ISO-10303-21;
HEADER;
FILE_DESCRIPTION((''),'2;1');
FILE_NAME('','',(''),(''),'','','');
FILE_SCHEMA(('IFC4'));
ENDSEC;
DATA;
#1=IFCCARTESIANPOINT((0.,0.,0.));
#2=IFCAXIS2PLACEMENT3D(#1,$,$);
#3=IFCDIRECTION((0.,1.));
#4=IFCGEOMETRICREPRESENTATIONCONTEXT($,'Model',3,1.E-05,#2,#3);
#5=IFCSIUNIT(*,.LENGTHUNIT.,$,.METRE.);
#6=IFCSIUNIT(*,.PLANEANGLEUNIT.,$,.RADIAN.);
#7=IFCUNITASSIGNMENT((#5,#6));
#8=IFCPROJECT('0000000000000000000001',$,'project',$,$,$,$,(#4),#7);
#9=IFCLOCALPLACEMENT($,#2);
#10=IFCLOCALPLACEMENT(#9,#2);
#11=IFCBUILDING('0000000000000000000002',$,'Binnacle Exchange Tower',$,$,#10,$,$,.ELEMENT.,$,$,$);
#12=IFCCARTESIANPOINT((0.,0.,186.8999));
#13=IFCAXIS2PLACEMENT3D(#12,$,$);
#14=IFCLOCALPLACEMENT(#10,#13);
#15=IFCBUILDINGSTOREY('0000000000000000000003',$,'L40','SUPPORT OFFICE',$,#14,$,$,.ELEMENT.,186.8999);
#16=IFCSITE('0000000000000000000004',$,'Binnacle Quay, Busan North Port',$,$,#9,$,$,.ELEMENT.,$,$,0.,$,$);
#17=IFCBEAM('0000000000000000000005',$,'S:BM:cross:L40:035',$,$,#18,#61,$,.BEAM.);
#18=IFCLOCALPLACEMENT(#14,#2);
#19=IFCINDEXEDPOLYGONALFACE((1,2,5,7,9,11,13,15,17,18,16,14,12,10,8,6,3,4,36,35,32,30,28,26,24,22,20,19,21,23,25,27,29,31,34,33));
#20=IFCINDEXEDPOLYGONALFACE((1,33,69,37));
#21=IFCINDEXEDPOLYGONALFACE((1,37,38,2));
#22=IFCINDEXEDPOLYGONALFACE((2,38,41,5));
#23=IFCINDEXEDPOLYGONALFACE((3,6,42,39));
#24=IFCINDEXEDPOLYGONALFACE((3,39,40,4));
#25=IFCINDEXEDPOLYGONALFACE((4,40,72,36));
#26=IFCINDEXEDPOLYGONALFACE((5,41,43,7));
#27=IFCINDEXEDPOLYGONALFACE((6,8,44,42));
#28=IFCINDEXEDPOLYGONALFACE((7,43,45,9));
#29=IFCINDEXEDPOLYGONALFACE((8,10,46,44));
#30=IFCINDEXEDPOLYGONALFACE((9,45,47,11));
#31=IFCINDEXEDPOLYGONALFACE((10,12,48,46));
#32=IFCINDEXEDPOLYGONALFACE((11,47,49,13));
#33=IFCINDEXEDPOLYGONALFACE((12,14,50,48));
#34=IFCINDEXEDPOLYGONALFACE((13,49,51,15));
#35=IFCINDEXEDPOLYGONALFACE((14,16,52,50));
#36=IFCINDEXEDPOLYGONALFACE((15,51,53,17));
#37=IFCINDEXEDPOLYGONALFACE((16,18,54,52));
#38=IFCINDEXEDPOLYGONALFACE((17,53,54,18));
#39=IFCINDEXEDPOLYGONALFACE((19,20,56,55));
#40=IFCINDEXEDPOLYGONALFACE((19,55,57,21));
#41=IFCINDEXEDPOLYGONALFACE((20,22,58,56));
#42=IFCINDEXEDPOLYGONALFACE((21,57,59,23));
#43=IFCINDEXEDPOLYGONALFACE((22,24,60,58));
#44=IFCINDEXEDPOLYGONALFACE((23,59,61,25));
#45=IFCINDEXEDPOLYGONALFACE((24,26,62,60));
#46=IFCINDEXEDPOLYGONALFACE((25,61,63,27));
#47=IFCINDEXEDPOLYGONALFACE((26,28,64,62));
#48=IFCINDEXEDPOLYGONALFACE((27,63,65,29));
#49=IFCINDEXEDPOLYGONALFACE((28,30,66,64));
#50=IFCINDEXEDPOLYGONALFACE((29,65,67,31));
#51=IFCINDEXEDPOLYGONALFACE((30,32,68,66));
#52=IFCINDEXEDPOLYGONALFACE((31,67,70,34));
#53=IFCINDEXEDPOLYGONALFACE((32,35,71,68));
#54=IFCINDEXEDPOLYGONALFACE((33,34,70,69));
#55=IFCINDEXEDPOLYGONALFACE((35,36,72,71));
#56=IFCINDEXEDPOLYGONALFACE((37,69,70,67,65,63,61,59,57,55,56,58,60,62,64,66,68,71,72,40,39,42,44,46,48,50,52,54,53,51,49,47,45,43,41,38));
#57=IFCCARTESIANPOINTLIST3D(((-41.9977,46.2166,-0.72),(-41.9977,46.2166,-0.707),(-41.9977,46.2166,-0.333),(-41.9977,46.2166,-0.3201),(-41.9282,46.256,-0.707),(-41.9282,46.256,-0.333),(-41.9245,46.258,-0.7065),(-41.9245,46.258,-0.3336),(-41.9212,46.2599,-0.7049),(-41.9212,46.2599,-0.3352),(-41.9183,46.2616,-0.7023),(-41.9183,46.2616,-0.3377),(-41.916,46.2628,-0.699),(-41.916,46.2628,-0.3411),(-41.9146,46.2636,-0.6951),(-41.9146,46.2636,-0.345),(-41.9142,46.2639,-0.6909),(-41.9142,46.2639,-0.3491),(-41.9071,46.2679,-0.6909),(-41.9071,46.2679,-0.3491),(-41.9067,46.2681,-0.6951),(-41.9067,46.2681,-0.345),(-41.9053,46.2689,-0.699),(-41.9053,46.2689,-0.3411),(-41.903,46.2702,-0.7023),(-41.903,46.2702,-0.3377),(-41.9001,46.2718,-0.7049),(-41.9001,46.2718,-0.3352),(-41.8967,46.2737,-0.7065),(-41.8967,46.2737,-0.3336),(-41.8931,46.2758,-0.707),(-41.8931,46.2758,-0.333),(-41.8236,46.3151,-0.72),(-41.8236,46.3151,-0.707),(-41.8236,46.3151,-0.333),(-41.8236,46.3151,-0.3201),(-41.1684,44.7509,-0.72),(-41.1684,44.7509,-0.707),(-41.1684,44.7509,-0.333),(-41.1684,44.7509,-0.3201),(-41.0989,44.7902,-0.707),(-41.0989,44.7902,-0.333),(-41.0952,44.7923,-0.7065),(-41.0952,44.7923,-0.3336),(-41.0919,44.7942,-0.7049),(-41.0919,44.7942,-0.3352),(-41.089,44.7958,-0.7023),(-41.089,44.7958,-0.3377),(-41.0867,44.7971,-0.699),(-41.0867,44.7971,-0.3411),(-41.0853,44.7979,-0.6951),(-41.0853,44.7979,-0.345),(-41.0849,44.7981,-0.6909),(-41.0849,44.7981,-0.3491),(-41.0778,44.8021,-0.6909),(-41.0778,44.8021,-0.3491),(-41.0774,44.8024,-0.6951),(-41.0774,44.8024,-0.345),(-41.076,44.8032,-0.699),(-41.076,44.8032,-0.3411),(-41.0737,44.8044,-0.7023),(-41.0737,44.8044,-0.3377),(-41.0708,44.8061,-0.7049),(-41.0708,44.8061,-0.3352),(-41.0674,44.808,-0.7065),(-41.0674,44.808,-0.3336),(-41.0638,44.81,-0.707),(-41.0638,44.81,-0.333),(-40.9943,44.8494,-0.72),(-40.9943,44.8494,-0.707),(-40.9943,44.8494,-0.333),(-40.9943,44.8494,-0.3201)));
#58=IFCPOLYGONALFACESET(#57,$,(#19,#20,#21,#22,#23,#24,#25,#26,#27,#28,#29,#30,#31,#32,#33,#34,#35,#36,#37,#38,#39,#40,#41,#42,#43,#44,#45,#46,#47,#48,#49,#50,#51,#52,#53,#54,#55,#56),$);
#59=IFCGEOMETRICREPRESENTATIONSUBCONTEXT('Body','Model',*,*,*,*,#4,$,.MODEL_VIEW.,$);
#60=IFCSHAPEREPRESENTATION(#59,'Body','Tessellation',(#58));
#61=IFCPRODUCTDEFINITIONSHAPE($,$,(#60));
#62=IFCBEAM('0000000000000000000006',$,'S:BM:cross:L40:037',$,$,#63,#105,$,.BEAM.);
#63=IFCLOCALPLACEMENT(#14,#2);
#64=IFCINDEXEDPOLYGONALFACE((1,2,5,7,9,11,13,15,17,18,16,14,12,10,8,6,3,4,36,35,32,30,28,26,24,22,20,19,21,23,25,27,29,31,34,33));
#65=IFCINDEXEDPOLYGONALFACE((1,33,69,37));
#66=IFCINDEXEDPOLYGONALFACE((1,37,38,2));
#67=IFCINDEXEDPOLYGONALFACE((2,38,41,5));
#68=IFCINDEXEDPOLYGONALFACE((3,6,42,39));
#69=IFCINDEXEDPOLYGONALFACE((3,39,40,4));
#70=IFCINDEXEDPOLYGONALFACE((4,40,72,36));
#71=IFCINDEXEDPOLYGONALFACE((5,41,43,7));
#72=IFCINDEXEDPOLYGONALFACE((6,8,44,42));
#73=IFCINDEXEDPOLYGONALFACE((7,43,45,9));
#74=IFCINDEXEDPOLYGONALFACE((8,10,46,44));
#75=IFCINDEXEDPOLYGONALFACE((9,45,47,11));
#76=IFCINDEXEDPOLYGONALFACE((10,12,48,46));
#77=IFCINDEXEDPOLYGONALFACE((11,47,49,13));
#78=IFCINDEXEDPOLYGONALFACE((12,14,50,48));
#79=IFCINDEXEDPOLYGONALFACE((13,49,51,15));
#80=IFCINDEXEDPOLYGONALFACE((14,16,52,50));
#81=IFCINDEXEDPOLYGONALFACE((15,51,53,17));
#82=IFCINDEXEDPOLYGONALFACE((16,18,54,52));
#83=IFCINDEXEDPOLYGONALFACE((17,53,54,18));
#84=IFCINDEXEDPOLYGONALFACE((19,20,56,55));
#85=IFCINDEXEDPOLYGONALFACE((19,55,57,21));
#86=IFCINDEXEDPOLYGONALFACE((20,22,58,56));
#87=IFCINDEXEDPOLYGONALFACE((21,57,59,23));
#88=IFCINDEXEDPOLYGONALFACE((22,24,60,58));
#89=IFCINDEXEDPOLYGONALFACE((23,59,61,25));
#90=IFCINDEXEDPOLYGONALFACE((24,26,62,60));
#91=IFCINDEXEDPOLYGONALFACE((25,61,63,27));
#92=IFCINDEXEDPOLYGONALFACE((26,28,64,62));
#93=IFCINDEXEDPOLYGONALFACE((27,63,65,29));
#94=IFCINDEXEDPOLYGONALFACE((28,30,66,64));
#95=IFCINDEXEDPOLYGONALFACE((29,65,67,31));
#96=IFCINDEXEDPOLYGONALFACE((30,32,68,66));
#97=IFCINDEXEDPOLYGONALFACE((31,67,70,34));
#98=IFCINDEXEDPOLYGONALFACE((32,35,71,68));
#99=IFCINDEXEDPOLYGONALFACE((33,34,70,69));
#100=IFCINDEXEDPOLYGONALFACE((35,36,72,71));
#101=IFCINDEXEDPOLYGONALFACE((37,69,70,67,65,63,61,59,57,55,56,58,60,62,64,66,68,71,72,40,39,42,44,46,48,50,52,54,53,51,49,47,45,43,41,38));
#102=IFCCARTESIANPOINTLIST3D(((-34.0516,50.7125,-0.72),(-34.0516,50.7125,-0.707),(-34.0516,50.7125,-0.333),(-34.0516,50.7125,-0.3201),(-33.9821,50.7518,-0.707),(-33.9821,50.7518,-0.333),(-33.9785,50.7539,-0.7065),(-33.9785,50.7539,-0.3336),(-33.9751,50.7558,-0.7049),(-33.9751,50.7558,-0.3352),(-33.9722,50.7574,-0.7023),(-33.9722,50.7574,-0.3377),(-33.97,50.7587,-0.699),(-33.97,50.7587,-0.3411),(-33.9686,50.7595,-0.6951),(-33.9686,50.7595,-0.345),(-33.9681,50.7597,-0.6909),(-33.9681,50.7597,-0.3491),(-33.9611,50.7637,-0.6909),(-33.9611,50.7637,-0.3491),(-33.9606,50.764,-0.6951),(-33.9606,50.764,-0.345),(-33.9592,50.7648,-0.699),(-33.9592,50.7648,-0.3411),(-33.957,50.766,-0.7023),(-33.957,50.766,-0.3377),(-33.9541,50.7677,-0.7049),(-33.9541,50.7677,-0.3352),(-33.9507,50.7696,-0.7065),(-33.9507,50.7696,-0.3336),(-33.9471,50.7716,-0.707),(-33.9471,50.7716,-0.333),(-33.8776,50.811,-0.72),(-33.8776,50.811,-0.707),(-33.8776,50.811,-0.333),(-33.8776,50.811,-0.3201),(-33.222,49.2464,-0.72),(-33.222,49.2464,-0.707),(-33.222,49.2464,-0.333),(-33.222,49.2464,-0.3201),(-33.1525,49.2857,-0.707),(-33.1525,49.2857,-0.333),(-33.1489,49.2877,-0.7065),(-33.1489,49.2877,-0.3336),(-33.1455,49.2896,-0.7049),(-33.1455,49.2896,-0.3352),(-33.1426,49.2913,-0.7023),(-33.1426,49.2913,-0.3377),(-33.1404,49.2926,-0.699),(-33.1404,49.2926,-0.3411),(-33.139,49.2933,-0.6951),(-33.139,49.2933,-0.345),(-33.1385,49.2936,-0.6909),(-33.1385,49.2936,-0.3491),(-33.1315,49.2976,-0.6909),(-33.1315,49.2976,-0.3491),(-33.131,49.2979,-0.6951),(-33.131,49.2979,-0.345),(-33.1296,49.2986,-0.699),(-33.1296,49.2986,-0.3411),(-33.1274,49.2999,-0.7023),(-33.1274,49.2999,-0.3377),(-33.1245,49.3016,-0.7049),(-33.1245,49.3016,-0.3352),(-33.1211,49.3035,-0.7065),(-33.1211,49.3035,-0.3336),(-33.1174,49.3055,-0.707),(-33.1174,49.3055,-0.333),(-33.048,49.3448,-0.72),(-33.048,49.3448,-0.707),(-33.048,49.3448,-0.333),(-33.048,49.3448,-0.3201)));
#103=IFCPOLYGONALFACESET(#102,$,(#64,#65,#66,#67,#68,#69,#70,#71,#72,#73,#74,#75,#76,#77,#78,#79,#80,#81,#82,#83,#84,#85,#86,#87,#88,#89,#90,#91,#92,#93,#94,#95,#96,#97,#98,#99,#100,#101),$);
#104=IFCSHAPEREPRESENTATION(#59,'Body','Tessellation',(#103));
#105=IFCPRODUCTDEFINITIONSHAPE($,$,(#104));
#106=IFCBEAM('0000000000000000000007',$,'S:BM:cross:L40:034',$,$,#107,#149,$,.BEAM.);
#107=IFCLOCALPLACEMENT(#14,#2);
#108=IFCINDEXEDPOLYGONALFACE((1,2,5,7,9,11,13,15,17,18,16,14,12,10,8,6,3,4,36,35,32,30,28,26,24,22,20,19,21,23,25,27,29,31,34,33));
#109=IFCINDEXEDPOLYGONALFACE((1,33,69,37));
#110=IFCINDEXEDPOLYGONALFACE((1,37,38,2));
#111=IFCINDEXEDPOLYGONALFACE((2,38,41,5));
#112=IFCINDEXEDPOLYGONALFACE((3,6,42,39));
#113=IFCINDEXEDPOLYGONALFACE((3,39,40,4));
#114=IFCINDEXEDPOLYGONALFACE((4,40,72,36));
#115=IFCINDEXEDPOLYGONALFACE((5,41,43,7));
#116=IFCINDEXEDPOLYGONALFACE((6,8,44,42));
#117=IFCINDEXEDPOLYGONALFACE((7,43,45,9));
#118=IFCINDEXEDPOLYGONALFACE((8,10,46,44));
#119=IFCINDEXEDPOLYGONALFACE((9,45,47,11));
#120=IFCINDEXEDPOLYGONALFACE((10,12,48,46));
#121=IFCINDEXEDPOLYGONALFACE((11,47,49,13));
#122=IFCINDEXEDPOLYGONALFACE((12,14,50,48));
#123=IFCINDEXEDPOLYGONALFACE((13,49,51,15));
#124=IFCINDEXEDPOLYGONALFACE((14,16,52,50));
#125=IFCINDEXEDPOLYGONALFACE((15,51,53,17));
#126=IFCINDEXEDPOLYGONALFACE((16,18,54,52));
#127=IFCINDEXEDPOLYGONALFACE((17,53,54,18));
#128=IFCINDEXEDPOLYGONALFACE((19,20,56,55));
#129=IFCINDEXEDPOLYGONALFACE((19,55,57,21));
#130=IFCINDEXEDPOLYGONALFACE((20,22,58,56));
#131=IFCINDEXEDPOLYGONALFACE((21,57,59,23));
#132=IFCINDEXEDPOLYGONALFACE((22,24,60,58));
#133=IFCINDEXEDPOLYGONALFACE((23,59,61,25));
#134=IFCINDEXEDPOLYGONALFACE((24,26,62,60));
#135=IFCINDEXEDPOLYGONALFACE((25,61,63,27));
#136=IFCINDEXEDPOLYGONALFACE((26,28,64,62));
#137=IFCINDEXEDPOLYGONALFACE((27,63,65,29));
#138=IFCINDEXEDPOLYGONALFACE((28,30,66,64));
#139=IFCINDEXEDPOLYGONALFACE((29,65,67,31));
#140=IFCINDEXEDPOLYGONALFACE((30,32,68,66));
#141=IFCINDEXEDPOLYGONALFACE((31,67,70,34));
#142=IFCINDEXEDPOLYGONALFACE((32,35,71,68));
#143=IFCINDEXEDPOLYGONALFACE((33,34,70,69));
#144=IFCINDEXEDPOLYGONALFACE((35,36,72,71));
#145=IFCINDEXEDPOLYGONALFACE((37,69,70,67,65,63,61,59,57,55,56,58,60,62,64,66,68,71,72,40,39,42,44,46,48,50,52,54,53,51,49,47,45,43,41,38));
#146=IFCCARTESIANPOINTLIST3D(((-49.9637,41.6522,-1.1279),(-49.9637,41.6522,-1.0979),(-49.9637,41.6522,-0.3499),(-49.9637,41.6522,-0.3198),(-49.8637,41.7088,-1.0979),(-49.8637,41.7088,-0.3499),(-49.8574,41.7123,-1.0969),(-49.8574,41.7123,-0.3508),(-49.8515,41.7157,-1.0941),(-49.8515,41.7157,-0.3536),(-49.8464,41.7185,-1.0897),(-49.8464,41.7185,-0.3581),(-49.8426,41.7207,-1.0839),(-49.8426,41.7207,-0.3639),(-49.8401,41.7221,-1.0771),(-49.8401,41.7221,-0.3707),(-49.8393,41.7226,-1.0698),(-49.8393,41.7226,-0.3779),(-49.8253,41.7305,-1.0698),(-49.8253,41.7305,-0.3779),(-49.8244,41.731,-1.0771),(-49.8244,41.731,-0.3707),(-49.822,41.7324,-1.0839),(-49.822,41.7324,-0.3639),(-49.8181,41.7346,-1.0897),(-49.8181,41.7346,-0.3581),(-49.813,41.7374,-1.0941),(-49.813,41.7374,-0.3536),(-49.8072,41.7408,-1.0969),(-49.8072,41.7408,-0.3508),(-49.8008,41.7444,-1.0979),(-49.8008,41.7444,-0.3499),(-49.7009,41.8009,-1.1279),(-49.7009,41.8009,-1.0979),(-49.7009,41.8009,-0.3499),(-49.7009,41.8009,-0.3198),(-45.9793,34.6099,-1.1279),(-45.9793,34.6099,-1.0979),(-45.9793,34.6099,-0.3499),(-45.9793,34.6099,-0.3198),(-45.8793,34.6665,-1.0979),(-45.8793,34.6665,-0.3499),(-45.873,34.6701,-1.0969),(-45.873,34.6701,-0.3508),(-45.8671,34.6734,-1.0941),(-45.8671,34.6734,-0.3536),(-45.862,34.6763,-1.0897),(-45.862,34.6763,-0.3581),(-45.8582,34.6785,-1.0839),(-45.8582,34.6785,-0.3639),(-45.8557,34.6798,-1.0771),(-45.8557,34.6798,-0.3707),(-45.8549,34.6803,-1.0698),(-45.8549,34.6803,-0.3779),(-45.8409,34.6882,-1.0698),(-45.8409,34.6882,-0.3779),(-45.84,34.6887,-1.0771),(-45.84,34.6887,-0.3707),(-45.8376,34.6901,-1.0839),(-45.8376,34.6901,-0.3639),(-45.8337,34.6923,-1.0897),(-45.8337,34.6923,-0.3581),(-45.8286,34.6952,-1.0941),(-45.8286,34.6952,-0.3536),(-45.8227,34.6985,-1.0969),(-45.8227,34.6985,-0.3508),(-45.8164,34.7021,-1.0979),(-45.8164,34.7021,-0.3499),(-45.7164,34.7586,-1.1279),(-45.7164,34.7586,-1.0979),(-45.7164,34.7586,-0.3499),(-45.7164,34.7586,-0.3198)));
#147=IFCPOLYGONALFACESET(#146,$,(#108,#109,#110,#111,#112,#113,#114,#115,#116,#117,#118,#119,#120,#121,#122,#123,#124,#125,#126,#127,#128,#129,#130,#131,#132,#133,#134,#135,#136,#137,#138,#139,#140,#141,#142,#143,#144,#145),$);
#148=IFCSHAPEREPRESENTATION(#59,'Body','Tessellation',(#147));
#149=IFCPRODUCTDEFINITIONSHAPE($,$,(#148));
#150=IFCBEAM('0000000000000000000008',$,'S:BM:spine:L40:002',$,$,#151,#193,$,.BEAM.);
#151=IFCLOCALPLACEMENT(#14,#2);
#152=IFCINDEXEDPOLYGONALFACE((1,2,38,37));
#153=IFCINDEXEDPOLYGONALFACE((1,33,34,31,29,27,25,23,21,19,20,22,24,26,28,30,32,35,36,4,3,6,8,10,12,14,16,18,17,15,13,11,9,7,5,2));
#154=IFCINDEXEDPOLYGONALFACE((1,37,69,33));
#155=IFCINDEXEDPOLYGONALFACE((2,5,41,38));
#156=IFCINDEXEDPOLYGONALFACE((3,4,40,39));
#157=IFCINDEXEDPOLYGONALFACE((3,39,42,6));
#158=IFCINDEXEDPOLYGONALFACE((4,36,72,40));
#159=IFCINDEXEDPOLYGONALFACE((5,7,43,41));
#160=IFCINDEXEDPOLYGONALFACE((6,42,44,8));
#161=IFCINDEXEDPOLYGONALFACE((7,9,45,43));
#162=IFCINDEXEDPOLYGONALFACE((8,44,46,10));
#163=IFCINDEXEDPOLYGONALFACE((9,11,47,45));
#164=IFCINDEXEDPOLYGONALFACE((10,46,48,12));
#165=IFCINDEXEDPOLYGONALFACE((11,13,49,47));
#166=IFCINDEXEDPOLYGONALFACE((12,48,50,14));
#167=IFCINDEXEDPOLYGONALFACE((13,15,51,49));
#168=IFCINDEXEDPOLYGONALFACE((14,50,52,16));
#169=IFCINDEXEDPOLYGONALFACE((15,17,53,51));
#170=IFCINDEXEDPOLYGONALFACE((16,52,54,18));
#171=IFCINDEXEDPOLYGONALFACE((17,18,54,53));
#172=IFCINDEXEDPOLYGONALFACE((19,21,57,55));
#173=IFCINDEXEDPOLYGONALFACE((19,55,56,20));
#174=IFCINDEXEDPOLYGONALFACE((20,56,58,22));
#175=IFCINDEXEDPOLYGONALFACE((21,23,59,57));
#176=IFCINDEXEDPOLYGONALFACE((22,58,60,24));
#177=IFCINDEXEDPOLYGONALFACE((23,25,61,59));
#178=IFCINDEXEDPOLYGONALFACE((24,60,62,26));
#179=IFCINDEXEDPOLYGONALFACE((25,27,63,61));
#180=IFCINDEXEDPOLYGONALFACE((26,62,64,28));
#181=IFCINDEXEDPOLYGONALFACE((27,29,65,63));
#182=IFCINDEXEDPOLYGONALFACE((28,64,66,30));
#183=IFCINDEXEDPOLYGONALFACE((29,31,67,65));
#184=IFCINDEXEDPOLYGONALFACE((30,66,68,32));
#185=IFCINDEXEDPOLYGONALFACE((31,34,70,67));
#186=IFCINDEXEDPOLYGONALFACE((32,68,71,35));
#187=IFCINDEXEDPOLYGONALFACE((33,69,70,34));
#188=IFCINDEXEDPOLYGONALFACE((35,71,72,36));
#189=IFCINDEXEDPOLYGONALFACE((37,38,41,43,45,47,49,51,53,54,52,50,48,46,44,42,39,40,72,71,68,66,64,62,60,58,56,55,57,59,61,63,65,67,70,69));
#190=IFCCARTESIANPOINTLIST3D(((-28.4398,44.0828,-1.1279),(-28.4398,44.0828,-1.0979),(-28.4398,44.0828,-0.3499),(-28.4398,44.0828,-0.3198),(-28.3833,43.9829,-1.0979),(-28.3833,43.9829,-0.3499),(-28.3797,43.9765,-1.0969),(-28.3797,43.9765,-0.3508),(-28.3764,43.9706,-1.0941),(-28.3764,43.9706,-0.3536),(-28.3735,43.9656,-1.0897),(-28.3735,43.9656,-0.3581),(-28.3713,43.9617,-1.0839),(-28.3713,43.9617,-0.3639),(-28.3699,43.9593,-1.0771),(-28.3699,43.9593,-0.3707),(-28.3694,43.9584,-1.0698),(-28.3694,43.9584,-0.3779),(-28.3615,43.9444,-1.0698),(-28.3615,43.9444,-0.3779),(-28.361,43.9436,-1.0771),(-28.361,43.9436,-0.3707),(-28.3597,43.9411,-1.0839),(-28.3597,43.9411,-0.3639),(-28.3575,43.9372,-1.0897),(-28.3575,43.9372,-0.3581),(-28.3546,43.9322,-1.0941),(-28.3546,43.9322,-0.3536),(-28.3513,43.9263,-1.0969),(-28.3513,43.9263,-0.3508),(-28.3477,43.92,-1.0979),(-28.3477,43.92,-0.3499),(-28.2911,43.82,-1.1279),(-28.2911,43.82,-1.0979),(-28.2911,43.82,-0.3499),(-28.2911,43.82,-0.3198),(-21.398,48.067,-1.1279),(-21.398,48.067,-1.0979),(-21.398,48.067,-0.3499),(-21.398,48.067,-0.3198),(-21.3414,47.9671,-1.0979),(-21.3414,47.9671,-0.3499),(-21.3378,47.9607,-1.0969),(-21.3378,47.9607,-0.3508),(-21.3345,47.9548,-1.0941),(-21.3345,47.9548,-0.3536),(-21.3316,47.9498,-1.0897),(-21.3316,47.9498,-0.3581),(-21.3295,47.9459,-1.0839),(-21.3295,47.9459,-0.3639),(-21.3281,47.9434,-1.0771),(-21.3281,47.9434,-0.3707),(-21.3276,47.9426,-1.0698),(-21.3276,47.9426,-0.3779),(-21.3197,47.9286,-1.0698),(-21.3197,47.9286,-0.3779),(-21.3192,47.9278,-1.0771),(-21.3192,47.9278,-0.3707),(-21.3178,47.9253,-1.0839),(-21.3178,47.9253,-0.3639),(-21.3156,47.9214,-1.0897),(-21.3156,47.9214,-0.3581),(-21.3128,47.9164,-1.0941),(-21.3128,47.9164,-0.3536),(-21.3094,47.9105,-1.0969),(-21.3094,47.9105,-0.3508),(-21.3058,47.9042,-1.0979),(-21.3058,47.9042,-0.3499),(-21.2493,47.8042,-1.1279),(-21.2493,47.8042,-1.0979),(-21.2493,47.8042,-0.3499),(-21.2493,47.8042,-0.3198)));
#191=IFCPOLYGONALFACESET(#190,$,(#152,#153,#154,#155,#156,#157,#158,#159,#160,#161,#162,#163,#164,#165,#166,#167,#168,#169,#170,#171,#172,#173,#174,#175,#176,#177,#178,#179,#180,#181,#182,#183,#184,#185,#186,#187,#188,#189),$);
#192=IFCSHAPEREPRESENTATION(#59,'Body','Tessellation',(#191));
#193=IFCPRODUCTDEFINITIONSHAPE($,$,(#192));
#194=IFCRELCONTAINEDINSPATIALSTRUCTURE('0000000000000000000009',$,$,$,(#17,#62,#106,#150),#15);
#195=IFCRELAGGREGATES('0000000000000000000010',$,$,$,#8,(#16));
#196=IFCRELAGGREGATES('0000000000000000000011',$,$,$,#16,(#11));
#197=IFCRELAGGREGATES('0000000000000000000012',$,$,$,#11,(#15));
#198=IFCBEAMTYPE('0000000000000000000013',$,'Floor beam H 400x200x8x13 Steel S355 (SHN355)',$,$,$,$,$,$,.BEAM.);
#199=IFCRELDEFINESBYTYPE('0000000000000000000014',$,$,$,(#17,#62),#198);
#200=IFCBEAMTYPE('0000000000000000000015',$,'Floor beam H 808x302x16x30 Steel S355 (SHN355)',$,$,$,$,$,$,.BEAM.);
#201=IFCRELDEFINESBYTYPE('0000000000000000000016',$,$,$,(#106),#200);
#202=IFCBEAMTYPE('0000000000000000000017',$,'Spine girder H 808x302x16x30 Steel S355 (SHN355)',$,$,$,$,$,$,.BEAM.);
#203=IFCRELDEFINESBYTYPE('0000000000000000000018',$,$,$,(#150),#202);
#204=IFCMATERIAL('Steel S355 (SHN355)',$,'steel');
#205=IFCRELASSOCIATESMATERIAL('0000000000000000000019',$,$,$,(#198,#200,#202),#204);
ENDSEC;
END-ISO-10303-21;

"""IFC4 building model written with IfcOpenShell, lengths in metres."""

from ifc_helpers import new_model, si_unit, direction, frame, origin, origin_2d, place, context, subcontext, project, spatial, i_section, extrude, material, material_profile, profile_set, type_object, element, save


model = new_model("IFC4")

# Units and contexts
model_context = context("Model", 3, precision=1e-05, world=origin(), true_north=direction((0.0, 1.0)))
body_context = subcontext(model_context, "Body", "Model", "MODEL_VIEW")
ifc_project = project(units=[si_unit("LENGTHUNIT", "METRE"), si_unit("PLANEANGLEUNIT", "RADIAN")], contexts=[model_context])

# Site, building, storey
site_placement = place(None, origin())
site = spatial("IfcSite", under=ifc_project, at=site_placement, Name="Binnacle Quay, Busan North Port", CompositionType="ELEMENT", RefElevation=0.0)
building_placement = place(site_placement, origin())
building = spatial("IfcBuilding", under=site, at=building_placement, Name="Binnacle Exchange Tower", CompositionType="ELEMENT")
storey_placement = place(building_placement, frame((0.0, 0.0, 186.8999)))
storey = spatial("IfcBuildingStorey", under=building, at=storey_placement, Name="L40", Description="SUPPORT OFFICE", CompositionType="ELEMENT", Elevation=186.8999)

# Beams
ifc_material_1 = material(Name="Steel S355 (SHN355)", Category="steel")
ifc_material_profile_1 = material_profile(ifc_material_1, i_section(OverallWidth=0.2, OverallDepth=0.3999, WebThickness=0.0081, FlangeThickness=0.0129, FilletRadius=0.0161, at=origin_2d()), Name="H 400x200x8x13")
ifc_profile_set_1 = profile_set([ifc_material_profile_1], Name="Steel S355 (SHN355)")
beam_type_1 = type_object("IfcBeamType", Name="Floor beam H 400x200x8x13 Steel S355 (SHN355)", PredefinedType="BEAM", material=ifc_profile_set_1)
beam_1_placement = place(storey_placement, frame((-41.9106, 46.2659, -0.52), z_axis=(0.492435, -0.870349, 0.0), x_axis=(0.870349, 0.492435, 0.0)))
element("IfcBeam", 1, at=beam_1_placement, inside=storey, type_object=beam_type_1, Name="S:BM:cross:L40:035", PredefinedType="BEAM", context=body_context, shape_type="SweptSolid", body=[
    extrude(i_section(OverallWidth=0.2, OverallDepth=0.3999, WebThickness=0.0081, FlangeThickness=0.0129, FilletRadius=0.0161, at=origin_2d()), origin(), (0.0, 0.0, 1.0), 1.6841),
])
beam_2_placement = place(storey_placement, frame((-33.9646, 50.7617, -0.52), z_axis=(0.492482, -0.870322, 0.0), x_axis=(0.870322, 0.492482, 0.0)))
element("IfcBeam", 2, at=beam_2_placement, inside=storey, type_object=beam_type_1, Name="S:BM:cross:L40:037", PredefinedType="BEAM", context=body_context, shape_type="SweptSolid", body=[
    extrude(i_section(OverallWidth=0.2, OverallDepth=0.3999, WebThickness=0.0081, FlangeThickness=0.0129, FilletRadius=0.0161, at=origin_2d()), origin(), (0.0, 0.0, 1.0), 1.6846),
])
ifc_material_profile_2 = material_profile(ifc_material_1, i_section(OverallWidth=0.302, OverallDepth=0.8081, WebThickness=0.0161, FlangeThickness=0.03, FilletRadius=0.0281, at=origin_2d()), Name="H 808x302x16x30")
ifc_profile_set_2 = profile_set([ifc_material_profile_2], Name="Steel S355 (SHN355)")
beam_type_2 = type_object("IfcBeamType", Name="Floor beam H 808x302x16x30 Steel S355 (SHN355)", PredefinedType="BEAM", material=ifc_profile_set_2)
beam_3_placement = place(storey_placement, frame((-49.8323, 41.7266, -0.7239), z_axis=(0.49243, -0.870352, 0.0), x_axis=(0.870352, 0.49243, 0.0)))
element("IfcBeam", 3, at=beam_3_placement, inside=storey, type_object=beam_type_2, Name="S:BM:cross:L40:034", PredefinedType="BEAM", context=body_context, shape_type="SweptSolid", body=[
    extrude(i_section(OverallWidth=0.302, OverallDepth=0.8081, WebThickness=0.0161, FlangeThickness=0.03, FilletRadius=0.0281, at=origin_2d()), origin(), (0.0, 0.0, 1.0), 8.0913),
])
ifc_material_profile_3 = material_profile(ifc_material_1, i_section(OverallWidth=0.302, OverallDepth=0.8081, WebThickness=0.0161, FlangeThickness=0.03, FilletRadius=0.0281, at=origin_2d()), Name="H 808x302x16x30")
ifc_profile_set_3 = profile_set([ifc_material_profile_3], Name="Steel S355 (SHN355)")
beam_type_3 = type_object("IfcBeamType", Name="Spine girder H 808x302x16x30 Steel S355 (SHN355)", PredefinedType="BEAM", material=ifc_profile_set_3)
beam_4_placement = place(storey_placement, frame((-28.3655, 43.9514, -0.7239), z_axis=(0.87035, 0.492433, 0.0), x_axis=(-0.492433, 0.87035, 0.0)))
element("IfcBeam", 4, at=beam_4_placement, inside=storey, type_object=beam_type_3, Name="S:BM:spine:L40:002", PredefinedType="BEAM", context=body_context, shape_type="SweptSolid", body=[
    extrude(i_section(OverallWidth=0.302, OverallDepth=0.8081, WebThickness=0.0161, FlangeThickness=0.03, FilletRadius=0.0281, at=origin_2d()), origin(), (0.0, 0.0, 1.0), 8.0908),
])

save(model, "model.ifc")
